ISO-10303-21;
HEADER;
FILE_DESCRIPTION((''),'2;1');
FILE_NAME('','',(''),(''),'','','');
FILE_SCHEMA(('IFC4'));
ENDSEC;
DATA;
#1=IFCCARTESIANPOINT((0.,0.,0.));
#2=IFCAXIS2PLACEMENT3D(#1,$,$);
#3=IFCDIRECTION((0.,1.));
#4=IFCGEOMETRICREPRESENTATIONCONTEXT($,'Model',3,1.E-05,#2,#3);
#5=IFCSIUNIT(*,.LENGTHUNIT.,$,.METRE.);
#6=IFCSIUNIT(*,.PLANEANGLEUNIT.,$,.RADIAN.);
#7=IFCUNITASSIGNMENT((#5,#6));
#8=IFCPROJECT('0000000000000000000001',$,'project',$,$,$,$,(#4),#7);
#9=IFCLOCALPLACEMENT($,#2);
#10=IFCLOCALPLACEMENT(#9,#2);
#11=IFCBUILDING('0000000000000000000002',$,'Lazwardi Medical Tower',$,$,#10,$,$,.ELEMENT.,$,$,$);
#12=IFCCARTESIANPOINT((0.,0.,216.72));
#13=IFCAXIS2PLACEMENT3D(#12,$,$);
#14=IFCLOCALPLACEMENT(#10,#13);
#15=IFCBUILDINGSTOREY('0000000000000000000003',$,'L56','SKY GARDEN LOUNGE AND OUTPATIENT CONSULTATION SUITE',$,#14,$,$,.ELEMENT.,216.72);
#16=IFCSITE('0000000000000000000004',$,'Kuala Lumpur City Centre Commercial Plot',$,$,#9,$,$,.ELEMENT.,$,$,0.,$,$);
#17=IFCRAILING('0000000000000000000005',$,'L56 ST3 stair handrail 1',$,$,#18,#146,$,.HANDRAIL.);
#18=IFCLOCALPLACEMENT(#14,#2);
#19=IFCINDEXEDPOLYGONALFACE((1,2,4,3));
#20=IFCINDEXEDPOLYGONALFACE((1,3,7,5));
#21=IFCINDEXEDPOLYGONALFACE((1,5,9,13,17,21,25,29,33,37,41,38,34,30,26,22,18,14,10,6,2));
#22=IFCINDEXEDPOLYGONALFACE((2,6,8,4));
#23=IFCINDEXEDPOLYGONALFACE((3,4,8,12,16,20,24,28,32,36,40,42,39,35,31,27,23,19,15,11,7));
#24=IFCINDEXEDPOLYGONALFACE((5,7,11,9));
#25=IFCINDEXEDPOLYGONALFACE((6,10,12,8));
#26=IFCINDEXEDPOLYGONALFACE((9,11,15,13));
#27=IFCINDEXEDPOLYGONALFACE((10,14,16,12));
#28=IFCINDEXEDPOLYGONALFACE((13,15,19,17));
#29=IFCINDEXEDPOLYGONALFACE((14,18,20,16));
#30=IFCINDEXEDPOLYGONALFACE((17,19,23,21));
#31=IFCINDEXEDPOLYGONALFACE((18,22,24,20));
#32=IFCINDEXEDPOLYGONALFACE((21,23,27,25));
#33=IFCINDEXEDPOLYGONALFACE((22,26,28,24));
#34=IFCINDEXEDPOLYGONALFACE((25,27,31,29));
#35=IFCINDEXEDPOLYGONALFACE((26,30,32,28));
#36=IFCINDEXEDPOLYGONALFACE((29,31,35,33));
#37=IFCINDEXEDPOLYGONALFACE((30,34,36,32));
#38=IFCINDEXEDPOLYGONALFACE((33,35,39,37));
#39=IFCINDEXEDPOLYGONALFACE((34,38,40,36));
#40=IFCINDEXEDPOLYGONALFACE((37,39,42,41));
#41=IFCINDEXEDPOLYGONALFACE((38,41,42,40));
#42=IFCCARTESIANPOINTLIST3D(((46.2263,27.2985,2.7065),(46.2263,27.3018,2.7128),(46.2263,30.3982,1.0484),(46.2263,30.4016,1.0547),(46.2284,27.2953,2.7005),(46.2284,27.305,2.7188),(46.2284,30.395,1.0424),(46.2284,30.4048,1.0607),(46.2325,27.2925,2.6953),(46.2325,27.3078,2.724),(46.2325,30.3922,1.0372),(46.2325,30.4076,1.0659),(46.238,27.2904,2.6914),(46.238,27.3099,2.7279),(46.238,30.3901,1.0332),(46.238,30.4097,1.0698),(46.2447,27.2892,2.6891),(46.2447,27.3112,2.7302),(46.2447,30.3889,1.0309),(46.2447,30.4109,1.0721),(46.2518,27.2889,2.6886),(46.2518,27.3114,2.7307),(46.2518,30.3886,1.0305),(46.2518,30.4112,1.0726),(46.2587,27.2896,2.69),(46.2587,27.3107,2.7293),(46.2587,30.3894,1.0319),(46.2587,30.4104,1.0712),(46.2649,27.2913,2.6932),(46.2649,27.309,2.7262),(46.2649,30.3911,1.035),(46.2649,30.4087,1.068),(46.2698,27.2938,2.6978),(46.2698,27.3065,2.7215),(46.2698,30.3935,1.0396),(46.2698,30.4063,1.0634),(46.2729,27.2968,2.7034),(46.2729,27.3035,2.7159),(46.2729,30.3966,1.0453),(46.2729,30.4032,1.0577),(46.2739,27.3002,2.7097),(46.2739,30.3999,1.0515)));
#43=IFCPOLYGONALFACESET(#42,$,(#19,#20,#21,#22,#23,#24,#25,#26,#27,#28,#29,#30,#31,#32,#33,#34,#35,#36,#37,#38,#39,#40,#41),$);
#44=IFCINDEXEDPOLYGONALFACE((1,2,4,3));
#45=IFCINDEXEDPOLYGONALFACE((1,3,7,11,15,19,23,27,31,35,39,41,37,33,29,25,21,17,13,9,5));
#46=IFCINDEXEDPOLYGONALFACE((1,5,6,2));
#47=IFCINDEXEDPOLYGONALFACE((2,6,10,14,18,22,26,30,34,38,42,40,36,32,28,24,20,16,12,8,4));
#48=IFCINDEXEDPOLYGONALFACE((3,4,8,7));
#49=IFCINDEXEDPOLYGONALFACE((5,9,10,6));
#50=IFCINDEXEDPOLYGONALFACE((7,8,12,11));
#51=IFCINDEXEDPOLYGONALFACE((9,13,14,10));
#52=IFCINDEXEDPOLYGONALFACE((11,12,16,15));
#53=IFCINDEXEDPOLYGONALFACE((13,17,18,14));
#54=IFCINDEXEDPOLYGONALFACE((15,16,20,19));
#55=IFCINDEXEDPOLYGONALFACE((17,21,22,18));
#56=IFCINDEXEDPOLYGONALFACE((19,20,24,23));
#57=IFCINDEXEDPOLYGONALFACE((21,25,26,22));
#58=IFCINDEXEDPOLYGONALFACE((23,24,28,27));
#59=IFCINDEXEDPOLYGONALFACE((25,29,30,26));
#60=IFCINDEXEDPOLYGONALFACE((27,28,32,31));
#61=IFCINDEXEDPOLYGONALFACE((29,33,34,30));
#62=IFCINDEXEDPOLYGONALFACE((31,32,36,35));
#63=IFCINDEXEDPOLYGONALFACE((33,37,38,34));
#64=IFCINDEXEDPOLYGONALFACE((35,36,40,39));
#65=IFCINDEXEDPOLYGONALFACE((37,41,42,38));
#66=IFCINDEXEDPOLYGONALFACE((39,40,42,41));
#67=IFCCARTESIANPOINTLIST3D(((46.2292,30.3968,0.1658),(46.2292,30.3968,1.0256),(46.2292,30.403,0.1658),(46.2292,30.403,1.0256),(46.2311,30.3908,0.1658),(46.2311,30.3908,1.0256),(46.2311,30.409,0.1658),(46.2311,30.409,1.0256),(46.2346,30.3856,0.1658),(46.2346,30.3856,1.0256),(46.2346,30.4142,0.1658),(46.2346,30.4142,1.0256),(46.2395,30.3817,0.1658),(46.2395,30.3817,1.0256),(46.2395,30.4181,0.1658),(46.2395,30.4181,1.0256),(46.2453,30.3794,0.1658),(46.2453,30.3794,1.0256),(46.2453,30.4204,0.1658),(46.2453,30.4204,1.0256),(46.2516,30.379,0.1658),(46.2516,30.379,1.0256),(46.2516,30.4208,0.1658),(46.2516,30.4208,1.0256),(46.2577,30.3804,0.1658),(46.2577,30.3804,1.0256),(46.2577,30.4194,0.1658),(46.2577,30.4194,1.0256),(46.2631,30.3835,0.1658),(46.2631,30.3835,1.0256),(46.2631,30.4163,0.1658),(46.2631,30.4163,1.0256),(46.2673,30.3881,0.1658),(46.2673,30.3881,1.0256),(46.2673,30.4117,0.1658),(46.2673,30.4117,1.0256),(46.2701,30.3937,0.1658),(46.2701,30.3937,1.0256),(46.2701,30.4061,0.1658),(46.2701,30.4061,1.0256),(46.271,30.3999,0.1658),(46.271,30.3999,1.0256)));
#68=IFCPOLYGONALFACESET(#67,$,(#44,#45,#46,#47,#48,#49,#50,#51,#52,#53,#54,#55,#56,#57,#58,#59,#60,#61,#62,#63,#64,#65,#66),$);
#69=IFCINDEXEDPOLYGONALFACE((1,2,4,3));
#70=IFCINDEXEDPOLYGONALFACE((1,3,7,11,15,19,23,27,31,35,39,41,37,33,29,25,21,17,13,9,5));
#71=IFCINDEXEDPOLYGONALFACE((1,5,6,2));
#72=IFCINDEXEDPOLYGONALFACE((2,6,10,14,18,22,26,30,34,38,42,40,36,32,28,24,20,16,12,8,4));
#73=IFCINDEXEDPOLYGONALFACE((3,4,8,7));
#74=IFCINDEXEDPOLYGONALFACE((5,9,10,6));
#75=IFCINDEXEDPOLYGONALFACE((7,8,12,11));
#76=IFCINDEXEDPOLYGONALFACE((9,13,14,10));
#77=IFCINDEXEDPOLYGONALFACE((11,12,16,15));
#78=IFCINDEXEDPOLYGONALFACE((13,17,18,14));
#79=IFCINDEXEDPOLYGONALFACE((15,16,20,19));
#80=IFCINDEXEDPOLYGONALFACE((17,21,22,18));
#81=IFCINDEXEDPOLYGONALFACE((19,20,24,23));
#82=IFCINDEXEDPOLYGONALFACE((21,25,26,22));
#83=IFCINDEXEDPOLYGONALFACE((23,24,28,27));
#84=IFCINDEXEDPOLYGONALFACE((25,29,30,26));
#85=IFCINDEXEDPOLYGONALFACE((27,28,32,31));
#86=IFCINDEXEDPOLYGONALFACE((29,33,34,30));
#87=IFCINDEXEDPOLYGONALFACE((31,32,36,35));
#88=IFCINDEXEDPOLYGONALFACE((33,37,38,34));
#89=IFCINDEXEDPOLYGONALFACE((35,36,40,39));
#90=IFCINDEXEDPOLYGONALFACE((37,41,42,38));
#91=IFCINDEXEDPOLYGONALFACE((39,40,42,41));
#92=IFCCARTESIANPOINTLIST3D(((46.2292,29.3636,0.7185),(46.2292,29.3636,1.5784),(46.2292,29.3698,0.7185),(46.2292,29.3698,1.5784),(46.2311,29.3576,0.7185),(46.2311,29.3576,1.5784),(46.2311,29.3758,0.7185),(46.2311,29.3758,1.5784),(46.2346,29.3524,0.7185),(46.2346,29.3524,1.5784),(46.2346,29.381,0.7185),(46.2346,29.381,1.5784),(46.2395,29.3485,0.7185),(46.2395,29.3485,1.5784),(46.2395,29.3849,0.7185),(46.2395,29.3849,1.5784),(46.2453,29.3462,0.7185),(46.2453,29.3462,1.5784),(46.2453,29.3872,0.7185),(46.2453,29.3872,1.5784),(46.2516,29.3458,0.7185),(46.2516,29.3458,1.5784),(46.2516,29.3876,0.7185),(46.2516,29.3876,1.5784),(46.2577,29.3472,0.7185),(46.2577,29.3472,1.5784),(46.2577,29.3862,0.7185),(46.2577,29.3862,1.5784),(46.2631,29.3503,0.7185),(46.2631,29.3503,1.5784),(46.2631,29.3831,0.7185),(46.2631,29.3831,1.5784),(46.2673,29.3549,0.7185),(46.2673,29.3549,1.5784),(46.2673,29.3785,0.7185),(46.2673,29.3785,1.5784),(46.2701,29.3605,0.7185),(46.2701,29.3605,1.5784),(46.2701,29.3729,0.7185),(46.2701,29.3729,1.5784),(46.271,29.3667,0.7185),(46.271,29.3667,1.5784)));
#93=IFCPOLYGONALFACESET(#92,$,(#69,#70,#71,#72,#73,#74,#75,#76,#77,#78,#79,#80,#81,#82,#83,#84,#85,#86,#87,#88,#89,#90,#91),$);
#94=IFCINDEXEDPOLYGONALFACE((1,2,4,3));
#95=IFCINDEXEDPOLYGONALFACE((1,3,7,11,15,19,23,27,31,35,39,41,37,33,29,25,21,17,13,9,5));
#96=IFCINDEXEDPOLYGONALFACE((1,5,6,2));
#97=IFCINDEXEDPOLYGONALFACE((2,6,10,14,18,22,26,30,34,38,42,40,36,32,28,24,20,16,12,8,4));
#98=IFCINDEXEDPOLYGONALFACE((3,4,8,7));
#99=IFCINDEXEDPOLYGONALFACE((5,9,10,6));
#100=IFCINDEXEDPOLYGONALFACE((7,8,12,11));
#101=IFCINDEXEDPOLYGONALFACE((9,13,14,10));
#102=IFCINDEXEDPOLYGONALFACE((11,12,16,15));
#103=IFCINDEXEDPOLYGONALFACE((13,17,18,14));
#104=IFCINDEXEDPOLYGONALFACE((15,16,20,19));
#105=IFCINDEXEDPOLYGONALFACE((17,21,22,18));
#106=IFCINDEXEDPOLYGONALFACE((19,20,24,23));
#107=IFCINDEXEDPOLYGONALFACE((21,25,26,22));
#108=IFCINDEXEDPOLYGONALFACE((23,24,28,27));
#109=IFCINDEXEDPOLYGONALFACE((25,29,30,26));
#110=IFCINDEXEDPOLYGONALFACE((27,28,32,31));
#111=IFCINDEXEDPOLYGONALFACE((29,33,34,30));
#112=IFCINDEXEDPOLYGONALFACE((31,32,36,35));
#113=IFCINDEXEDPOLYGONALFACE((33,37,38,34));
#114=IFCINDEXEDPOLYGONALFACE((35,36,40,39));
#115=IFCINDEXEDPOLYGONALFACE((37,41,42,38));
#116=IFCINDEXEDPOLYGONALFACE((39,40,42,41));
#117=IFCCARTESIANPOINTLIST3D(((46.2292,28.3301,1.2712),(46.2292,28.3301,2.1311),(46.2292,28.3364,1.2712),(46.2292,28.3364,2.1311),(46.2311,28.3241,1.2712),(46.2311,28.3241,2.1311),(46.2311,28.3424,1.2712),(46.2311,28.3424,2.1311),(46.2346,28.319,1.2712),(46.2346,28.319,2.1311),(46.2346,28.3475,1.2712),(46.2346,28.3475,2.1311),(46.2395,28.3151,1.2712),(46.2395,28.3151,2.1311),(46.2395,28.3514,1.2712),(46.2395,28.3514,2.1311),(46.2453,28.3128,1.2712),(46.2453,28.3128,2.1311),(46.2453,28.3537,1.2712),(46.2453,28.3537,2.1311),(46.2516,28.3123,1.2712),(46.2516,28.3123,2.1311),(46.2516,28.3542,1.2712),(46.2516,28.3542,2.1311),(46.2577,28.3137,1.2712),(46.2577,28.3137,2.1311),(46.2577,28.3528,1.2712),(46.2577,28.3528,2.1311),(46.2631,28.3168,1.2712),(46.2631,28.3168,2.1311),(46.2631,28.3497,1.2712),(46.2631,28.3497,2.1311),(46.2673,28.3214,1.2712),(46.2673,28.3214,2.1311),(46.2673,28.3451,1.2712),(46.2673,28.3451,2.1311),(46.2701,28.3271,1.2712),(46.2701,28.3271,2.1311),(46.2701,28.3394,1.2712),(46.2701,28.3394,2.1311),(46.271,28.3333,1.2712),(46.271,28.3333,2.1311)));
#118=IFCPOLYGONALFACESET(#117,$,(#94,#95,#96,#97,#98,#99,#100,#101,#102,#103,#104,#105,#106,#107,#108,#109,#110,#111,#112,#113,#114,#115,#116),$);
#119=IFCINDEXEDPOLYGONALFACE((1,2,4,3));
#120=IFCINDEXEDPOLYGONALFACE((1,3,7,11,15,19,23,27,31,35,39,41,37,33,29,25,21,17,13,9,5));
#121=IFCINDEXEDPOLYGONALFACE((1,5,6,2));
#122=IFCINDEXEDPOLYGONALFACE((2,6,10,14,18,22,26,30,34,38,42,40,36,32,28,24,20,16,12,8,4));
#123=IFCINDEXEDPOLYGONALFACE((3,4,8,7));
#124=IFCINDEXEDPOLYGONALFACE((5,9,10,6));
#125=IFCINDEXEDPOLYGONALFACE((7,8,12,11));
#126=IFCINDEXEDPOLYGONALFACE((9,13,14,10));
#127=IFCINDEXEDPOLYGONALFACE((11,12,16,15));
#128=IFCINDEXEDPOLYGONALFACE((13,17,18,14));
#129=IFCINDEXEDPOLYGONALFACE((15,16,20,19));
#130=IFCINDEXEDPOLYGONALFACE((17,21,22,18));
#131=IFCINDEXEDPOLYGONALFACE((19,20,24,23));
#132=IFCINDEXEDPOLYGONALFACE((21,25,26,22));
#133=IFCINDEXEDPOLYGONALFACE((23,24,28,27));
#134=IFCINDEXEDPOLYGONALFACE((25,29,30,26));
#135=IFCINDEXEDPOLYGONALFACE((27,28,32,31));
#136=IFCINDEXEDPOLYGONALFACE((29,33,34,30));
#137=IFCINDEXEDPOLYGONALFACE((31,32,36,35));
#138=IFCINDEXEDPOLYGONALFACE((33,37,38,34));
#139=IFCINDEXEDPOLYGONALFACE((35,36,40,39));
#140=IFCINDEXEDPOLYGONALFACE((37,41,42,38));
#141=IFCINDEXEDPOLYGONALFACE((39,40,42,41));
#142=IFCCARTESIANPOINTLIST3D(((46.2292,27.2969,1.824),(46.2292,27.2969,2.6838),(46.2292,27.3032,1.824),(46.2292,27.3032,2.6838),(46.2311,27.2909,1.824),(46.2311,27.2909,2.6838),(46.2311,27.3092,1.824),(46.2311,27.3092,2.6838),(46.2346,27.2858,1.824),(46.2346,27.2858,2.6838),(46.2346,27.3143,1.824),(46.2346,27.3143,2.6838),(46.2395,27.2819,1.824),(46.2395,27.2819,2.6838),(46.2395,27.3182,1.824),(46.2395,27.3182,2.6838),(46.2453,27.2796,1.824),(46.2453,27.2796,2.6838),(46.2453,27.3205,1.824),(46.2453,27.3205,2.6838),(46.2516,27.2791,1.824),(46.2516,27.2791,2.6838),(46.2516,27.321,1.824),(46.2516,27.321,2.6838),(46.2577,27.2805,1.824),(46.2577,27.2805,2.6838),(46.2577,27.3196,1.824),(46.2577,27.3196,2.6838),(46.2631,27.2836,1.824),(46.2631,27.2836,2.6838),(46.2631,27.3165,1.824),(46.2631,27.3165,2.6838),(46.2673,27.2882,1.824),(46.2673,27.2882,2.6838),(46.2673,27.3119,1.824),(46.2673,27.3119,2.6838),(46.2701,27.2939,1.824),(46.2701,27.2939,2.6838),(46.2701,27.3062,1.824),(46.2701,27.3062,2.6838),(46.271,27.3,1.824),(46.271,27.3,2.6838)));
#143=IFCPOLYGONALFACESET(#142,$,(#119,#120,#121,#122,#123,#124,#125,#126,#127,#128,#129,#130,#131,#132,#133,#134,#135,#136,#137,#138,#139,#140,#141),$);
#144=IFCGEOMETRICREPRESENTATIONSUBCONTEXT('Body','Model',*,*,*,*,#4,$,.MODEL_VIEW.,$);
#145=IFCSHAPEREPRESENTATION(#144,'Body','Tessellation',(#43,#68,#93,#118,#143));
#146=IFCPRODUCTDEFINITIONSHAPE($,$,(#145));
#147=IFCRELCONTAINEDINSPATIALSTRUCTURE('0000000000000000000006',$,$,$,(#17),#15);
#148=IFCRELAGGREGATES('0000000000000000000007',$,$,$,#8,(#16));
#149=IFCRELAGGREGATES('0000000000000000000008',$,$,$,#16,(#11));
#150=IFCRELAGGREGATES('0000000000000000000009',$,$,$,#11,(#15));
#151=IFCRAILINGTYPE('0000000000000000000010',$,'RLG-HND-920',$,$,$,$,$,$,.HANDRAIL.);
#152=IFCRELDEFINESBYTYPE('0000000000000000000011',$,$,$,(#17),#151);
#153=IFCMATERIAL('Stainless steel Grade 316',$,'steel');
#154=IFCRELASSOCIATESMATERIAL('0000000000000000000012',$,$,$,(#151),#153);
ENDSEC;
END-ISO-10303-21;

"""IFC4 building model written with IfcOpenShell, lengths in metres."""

from ifc_helpers import new_model, si_unit, direction, frame, origin, origin_2d, place, context, subcontext, project, spatial, circle, extrude, material, type_object, element, save


model = new_model("IFC4")

# Units and contexts
model_context = context("Model", 3, precision=1e-05, world=origin(), true_north=direction((0.0, 1.0)))
body_context = subcontext(model_context, "Body", "Model", "MODEL_VIEW")
ifc_project = project(units=[si_unit("LENGTHUNIT", "METRE"), si_unit("PLANEANGLEUNIT", "RADIAN")], contexts=[model_context])

# Site, building, storey
site_placement = place(None, origin())
site = spatial("IfcSite", under=ifc_project, at=site_placement, Name="Kuala Lumpur City Centre Commercial Plot", CompositionType="ELEMENT", RefElevation=0.0)
building_placement = place(site_placement, origin())
building = spatial("IfcBuilding", under=site, at=building_placement, Name="Lazwardi Medical Tower", CompositionType="ELEMENT")
storey_placement = place(building_placement, frame((0.0, 0.0, 216.72)))
storey = spatial("IfcBuildingStorey", under=building, at=storey_placement, Name="L56", Description="SKY GARDEN LOUNGE AND OUTPATIENT CONSULTATION SUITE", CompositionType="ELEMENT", Elevation=216.72)

# Railing
ifc_material_1 = material(Name="Stainless steel Grade 316", Category="steel")
railing_type = type_object("IfcRailingType", Name="RLG-HND-920", PredefinedType="HANDRAIL", material=ifc_material_1)
railing_placement = place(storey_placement, frame((46.25, 30.3999, 0.1658)))
element("IfcRailing", 1, at=railing_placement, inside=storey, type_object=railing_type, Name="L56 ST3 stair handrail 1", PredefinedType="HANDRAIL", context=body_context, shape_type="SweptSolid", body=[
    extrude(circle(Radius=0.0239, at=origin_2d()), frame((0.0, 0.0, 0.8857), z_axis=(0.0, -0.881768, 0.471684), x_axis=(1.0, 0.0, 0.0)), (0.0, 0.0, 1.0), 3.5154),
    extrude(circle(Radius=0.021, at=origin_2d()), origin(), (0.0, 0.0, 1.0), 0.8599),
    extrude(circle(Radius=0.021, at=origin_2d()), frame((0.0, -1.0332, 0.5527)), (0.0, 0.0, 1.0), 0.8599),
    extrude(circle(Radius=0.021, at=origin_2d()), frame((0.0, -2.0667, 1.1055)), (0.0, 0.0, 1.0), 0.8599),
    extrude(circle(Radius=0.021, at=origin_2d()), frame((0.0, -3.0999, 1.6582)), (0.0, 0.0, 1.0), 0.8599),
])

save(model, "model.ifc")
